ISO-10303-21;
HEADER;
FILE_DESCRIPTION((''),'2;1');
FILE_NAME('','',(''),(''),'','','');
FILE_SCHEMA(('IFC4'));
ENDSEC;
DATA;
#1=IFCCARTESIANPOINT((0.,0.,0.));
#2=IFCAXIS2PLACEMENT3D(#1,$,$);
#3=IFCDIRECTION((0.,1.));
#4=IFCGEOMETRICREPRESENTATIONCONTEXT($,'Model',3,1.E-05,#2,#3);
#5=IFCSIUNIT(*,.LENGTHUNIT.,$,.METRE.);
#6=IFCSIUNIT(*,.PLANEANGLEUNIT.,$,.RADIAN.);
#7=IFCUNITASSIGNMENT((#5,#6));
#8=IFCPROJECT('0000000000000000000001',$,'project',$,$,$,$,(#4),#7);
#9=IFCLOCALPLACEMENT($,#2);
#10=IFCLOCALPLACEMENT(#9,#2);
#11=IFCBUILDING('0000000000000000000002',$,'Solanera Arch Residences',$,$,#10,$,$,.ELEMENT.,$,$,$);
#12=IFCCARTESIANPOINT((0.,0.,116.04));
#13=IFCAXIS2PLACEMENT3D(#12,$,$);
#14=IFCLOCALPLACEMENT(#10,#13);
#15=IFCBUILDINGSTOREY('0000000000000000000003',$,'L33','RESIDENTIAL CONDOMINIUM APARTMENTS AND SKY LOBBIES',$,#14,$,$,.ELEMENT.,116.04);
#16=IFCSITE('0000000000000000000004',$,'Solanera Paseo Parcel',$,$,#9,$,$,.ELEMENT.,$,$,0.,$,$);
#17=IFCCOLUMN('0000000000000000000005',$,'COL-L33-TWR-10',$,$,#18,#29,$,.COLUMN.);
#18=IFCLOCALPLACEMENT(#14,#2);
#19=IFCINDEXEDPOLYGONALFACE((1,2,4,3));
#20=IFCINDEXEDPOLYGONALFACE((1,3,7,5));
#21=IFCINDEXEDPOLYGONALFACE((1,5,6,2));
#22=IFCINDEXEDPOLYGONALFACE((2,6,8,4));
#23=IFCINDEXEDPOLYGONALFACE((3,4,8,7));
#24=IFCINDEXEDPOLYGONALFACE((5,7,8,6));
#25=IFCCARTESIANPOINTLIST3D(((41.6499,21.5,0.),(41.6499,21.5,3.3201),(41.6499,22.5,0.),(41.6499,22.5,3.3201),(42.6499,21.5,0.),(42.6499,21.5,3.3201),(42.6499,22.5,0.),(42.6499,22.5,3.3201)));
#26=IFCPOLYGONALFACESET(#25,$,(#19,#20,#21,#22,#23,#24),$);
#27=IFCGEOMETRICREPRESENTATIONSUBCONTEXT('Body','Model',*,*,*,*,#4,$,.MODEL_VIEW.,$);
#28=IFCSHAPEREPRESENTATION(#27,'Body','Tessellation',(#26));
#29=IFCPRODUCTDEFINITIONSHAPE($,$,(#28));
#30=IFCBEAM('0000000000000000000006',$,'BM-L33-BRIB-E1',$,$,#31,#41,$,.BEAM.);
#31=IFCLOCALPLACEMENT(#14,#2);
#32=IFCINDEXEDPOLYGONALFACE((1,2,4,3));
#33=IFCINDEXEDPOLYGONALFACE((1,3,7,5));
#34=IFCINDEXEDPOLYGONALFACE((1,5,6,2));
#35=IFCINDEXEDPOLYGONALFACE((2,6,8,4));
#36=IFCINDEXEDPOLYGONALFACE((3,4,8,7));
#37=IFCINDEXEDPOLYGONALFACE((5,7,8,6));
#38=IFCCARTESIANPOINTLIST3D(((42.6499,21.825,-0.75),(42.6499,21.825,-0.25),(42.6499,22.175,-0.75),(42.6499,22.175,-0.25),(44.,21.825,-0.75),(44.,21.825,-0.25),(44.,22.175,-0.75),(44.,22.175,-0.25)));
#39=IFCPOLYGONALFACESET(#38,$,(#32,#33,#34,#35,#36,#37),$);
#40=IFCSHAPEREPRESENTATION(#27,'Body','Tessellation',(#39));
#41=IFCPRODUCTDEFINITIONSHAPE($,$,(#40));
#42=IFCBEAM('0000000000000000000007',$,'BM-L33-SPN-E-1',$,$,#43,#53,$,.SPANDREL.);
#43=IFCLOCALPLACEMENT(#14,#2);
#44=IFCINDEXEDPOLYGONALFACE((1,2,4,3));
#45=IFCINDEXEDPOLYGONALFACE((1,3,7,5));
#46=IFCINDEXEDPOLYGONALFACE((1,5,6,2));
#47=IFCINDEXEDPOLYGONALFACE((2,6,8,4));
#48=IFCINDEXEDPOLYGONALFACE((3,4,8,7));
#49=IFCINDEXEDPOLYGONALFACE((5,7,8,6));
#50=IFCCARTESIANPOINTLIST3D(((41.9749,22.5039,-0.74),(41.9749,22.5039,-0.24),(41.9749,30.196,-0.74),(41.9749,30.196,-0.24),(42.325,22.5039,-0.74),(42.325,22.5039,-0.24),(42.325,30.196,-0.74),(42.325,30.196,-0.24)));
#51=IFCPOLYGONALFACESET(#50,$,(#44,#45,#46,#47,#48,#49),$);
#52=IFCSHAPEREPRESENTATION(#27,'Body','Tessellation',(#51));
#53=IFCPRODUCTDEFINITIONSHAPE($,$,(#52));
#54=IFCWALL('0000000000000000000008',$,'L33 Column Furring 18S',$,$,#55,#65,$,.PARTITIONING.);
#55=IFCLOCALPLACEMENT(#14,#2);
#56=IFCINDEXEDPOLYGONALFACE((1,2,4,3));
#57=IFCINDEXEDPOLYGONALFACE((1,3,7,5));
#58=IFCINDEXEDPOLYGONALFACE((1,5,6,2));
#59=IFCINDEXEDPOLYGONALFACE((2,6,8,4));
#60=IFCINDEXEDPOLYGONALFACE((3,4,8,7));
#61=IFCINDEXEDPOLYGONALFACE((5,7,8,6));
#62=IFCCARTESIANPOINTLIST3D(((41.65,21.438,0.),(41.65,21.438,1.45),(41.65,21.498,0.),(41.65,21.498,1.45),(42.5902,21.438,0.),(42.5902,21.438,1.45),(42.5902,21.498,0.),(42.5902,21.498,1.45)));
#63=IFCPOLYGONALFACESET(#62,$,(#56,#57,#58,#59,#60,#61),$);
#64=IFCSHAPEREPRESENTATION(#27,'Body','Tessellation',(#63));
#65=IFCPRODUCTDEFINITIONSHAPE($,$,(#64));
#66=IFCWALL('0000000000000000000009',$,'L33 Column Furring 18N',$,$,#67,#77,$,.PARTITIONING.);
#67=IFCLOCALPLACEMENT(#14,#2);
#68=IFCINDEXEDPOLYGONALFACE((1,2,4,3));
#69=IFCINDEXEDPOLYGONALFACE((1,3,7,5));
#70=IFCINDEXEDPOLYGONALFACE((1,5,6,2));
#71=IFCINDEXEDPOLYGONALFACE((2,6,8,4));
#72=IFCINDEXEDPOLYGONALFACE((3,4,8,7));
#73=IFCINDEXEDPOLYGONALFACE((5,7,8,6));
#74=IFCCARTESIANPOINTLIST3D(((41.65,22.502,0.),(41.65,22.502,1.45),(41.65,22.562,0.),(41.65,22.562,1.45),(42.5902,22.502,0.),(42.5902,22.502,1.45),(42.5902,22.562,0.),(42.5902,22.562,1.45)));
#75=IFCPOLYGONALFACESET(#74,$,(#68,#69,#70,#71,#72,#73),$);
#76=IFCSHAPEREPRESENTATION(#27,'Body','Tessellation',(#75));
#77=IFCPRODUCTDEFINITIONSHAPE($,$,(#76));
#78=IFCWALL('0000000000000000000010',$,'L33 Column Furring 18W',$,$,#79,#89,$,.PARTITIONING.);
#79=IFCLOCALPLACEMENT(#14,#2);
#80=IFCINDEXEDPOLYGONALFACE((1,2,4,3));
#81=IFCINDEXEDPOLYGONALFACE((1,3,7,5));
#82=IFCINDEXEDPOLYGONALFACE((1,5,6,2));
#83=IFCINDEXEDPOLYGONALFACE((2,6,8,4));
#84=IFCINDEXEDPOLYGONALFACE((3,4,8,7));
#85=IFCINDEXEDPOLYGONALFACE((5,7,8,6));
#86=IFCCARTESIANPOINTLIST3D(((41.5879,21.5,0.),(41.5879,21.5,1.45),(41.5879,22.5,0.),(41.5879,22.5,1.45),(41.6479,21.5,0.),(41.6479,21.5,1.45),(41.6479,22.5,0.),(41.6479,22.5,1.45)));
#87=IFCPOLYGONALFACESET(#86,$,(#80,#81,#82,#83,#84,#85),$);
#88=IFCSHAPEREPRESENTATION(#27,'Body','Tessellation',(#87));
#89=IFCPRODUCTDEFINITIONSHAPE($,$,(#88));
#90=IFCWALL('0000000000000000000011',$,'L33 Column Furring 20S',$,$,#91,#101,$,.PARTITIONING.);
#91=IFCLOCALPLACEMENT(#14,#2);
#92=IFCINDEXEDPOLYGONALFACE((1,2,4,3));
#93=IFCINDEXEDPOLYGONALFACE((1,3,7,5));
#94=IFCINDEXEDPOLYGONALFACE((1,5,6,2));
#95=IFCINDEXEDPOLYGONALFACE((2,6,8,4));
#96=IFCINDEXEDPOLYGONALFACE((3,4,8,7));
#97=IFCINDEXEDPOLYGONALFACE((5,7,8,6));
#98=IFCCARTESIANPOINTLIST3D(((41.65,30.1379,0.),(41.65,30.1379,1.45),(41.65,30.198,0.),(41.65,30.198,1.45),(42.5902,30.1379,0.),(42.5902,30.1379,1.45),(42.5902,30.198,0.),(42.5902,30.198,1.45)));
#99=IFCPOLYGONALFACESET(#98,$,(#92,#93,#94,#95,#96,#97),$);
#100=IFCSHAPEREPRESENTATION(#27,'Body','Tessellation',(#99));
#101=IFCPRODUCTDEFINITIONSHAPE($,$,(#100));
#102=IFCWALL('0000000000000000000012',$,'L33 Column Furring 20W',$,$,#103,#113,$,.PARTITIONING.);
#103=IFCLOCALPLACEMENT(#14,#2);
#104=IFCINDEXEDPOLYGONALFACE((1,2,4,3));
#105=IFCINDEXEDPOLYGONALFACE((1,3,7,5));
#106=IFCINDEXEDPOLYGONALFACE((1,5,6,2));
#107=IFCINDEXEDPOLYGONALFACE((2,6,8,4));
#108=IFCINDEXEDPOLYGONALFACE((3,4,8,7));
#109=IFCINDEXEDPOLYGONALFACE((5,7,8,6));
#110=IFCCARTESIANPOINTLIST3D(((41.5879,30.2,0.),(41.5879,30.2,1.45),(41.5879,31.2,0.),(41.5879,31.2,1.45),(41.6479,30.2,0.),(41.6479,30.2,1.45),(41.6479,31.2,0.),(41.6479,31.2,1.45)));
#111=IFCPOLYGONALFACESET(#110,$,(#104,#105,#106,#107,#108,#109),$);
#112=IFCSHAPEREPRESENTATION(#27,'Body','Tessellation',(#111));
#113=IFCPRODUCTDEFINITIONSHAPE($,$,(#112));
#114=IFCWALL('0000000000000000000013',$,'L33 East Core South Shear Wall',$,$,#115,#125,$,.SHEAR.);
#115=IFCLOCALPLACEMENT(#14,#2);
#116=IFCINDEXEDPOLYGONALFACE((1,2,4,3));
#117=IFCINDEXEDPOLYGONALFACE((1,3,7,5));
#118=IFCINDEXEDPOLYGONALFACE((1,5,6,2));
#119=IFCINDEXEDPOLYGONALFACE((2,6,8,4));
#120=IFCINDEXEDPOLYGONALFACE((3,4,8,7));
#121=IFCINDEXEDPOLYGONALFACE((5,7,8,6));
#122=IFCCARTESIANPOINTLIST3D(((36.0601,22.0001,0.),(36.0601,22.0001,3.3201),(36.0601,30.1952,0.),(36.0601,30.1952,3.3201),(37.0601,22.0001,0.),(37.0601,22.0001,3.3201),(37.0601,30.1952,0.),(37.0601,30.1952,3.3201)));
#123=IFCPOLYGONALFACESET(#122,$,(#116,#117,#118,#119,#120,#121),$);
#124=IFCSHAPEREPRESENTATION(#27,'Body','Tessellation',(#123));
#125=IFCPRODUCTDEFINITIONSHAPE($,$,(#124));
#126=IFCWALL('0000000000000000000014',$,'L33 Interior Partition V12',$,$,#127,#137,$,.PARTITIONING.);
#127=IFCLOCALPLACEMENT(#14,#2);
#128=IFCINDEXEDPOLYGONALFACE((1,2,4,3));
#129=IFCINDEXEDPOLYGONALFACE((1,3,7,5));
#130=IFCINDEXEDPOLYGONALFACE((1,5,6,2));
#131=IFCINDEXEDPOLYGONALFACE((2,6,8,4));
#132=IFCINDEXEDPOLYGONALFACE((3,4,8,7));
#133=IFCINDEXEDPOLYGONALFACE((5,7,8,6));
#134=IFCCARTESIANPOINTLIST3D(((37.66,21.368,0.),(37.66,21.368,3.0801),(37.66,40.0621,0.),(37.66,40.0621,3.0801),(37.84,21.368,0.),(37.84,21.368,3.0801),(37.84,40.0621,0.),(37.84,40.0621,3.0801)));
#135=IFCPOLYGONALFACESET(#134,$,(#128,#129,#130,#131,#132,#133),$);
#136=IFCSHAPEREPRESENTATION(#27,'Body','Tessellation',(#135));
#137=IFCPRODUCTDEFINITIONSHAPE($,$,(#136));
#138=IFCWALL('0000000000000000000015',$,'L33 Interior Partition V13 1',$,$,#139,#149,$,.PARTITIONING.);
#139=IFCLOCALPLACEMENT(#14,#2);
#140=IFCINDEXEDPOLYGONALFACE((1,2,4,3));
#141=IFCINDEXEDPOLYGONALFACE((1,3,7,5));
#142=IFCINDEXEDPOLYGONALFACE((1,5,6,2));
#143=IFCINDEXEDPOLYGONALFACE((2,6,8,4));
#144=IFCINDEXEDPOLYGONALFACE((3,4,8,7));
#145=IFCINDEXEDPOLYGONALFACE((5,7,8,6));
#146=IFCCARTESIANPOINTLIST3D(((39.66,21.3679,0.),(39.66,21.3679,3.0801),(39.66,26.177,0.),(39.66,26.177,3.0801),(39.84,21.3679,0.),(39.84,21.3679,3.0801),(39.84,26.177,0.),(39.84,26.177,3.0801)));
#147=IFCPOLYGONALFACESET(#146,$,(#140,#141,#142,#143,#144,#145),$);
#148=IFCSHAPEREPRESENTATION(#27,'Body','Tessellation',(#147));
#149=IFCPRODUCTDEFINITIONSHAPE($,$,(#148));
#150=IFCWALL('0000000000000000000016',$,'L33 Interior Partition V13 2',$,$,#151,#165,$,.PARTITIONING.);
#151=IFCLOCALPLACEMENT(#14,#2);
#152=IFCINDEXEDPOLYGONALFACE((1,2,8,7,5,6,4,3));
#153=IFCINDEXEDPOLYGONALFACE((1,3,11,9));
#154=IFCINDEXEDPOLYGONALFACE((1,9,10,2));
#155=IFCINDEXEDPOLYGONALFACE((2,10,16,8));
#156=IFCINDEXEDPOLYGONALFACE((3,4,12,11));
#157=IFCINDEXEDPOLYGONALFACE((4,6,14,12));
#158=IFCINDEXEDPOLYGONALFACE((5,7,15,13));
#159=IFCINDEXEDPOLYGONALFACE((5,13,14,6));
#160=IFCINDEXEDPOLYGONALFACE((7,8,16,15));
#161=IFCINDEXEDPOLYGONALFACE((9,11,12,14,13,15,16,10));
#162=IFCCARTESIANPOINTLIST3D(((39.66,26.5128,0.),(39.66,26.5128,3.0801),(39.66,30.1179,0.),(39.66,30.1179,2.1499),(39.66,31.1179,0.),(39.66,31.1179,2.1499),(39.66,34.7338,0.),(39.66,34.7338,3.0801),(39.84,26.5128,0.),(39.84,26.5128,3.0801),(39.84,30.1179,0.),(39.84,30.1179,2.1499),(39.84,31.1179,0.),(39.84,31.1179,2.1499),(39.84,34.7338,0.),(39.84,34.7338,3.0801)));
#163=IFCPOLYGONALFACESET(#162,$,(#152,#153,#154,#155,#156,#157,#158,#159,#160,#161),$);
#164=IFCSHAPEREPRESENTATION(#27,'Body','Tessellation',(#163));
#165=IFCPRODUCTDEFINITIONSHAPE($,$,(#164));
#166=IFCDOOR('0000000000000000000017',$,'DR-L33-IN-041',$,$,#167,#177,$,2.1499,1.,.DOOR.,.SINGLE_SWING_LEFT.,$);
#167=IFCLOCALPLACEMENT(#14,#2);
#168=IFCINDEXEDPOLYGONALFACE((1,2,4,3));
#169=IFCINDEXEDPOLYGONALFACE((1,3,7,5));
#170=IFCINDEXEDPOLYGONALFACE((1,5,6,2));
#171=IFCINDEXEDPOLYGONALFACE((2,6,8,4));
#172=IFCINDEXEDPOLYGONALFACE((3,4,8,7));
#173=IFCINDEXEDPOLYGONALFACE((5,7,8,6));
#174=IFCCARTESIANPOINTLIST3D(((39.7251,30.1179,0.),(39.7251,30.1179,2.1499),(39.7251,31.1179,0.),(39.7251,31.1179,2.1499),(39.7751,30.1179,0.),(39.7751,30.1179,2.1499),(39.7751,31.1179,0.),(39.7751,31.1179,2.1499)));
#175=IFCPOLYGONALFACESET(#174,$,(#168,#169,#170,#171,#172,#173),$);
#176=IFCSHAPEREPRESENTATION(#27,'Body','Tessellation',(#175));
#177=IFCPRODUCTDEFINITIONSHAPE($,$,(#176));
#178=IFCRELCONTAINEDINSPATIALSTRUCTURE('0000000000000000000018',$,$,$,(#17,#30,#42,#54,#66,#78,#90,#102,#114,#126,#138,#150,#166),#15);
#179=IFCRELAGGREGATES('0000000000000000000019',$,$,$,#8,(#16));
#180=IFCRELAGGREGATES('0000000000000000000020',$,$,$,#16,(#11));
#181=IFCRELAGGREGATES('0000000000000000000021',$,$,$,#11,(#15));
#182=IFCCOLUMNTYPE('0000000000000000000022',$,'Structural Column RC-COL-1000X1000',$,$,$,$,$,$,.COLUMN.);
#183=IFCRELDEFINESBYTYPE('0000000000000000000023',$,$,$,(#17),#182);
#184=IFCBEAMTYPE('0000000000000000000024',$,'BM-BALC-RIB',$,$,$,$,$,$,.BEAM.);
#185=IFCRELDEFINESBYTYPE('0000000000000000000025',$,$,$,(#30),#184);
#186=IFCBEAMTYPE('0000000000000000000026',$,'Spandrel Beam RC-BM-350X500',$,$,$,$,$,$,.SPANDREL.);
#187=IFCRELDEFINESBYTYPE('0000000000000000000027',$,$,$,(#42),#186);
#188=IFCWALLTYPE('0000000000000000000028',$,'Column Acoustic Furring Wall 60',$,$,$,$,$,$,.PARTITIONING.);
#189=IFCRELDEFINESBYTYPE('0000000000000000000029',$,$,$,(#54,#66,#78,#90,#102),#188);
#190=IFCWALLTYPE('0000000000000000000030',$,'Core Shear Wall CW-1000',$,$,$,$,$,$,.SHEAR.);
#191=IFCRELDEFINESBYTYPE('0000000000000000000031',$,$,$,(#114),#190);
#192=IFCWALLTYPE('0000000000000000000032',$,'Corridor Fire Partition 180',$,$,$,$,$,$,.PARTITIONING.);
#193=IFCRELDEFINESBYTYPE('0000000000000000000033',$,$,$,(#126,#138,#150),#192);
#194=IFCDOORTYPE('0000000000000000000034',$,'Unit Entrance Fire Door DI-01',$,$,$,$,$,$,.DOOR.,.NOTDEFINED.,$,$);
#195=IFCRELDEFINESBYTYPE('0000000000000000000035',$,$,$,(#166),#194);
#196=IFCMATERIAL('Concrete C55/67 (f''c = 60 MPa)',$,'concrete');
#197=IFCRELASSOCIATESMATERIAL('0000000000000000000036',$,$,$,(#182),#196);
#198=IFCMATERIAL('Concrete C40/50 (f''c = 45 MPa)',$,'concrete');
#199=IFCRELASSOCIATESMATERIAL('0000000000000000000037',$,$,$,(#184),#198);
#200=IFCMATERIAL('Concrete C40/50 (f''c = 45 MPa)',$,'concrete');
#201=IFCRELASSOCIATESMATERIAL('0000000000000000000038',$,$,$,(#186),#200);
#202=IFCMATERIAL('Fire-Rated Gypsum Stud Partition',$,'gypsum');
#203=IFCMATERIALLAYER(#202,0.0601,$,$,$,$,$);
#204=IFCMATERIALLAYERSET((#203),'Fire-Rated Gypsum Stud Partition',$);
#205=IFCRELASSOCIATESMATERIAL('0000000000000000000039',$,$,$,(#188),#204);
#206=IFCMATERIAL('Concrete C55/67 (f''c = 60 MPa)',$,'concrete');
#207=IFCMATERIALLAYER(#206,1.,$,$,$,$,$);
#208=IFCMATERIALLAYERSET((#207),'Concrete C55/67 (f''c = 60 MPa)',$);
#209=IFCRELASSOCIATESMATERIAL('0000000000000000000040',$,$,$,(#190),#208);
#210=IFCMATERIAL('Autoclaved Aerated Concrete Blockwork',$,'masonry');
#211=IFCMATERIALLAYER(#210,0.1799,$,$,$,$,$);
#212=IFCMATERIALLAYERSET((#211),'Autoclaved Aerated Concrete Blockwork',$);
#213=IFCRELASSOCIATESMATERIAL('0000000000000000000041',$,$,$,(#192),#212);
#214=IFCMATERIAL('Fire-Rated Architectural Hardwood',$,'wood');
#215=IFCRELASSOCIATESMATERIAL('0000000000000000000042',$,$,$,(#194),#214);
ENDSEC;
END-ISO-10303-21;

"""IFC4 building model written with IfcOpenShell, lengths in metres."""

from ifc_helpers import new_model, si_unit, direction, frame, frame_2d, origin, origin_2d, place, context, subcontext, project, spatial, rectangle, extrude, material, layer, layer_set, material_profile, profile_set, type_object, element, fill, save


model = new_model("IFC4")

# Units and contexts
model_context = context("Model", 3, precision=1e-05, world=origin(), true_north=direction((0.0, 1.0)))
body_context = subcontext(model_context, "Body", "Model", "MODEL_VIEW")
ifc_project = project(units=[si_unit("LENGTHUNIT", "METRE"), si_unit("PLANEANGLEUNIT", "RADIAN")], contexts=[model_context])

# Site, building, storey
site_placement = place(None, origin())
site = spatial("IfcSite", under=ifc_project, at=site_placement, Name="Solanera Paseo Parcel", CompositionType="ELEMENT", RefElevation=0.0)
building_placement = place(site_placement, origin())
building = spatial("IfcBuilding", under=site, at=building_placement, Name="Solanera Arch Residences", CompositionType="ELEMENT")
storey_placement = place(building_placement, frame((0.0, 0.0, 116.04)))
storey = spatial("IfcBuildingStorey", under=building, at=storey_placement, Name="L33", Description="RESIDENTIAL CONDOMINIUM APARTMENTS AND SKY LOBBIES", CompositionType="ELEMENT", Elevation=116.04)

# Column
ifc_material_1 = material(Name="Concrete C55/67 (f'c = 60 MPa)", Category="concrete")
ifc_material_profile_1 = material_profile(ifc_material_1, rectangle(XDim=1.0, YDim=1.0, at=origin_2d()))
ifc_profile_set_1 = profile_set([ifc_material_profile_1], Name="Concrete C55/67 (f'c = 60 MPa)")
column_type = type_object("IfcColumnType", Name="Structural Column RC-COL-1000X1000", PredefinedType="COLUMN", material=ifc_profile_set_1)
column_placement = place(storey_placement, frame((42.1499, 22.0, 0.0), z_axis=(0.0, 0.0, 1.0), x_axis=(1.0, 0.0, 0.0)))
element("IfcColumn", 1, at=column_placement, inside=storey, type_object=column_type, Name="COL-L33-TWR-10", PredefinedType="COLUMN", context=body_context, shape_type="SweptSolid", body=[
    extrude(rectangle(XDim=1.0, YDim=1.0, at=origin_2d()), origin(), (0.0, 0.0, 1.0), 3.3201),
])

# Beams
ifc_material_2 = material(Name="Concrete C40/50 (f'c = 45 MPa)", Category="concrete")
ifc_material_profile_2 = material_profile(ifc_material_2, rectangle(XDim=0.3501, YDim=0.5, at=origin_2d()))
ifc_profile_set_2 = profile_set([ifc_material_profile_2], Name="Concrete C40/50 (f'c = 45 MPa)")
beam_type_1 = type_object("IfcBeamType", Name="BM-BALC-RIB", PredefinedType="BEAM", material=ifc_profile_set_2)
beam_1_placement = place(storey_placement, frame((42.6499, 22.0, -0.5), z_axis=(1.0, 0.0, 0.0), x_axis=(0.0, 1.0, 0.0)))
element("IfcBeam", 2, at=beam_1_placement, inside=storey, type_object=beam_type_1, Name="BM-L33-BRIB-E1", PredefinedType="BEAM", context=body_context, shape_type="SweptSolid", body=[
    extrude(rectangle(XDim=0.3501, YDim=0.5, at=origin_2d()), origin(), (0.0, 0.0, 1.0), 1.3501),
])
ifc_material_3 = material(Name="Concrete C40/50 (f'c = 45 MPa)", Category="concrete")
ifc_material_profile_3 = material_profile(ifc_material_3, rectangle(XDim=0.3501, YDim=0.5, at=origin_2d()))
ifc_profile_set_3 = profile_set([ifc_material_profile_3], Name="Concrete C40/50 (f'c = 45 MPa)")
beam_type_2 = type_object("IfcBeamType", Name="Spandrel Beam RC-BM-350X500", PredefinedType="SPANDREL", material=ifc_profile_set_3)
beam_2_placement = place(storey_placement, frame((42.1499, 22.5039, -0.49), z_axis=(0.0, 1.0, 0.0), x_axis=(-1.0, 0.0, 0.0)))
element("IfcBeam", 3, at=beam_2_placement, inside=storey, type_object=beam_type_2, Name="BM-L33-SPN-E-1", PredefinedType="SPANDREL", context=body_context, shape_type="SweptSolid", body=[
    extrude(rectangle(XDim=0.3501, YDim=0.5, at=origin_2d()), origin(), (0.0, 0.0, 1.0), 7.6921),
])

# Walls
ifc_material_4 = material(Name="Fire-Rated Gypsum Stud Partition", Category="gypsum")
ifc_layer_1 = layer(ifc_material_4, 0.0601)
ifc_layer_set_1 = layer_set([ifc_layer_1], Name="Fire-Rated Gypsum Stud Partition")
wall_type_1 = type_object("IfcWallType", Name="Column Acoustic Furring Wall 60", PredefinedType="PARTITIONING", material=ifc_layer_set_1)
for number, where, z_axis, x_axis, name in (
    (4, (41.6499, 21.468, 0.0), (0.0, 0.0, 1.0), (1.0, 0.0, 0.0), "L33 Column Furring 18S"),
    (5, (41.6499, 22.532, 0.0), (0.0, 0.0, 1.0), (1.0, 0.0, 0.0), "L33 Column Furring 18N"),
):
    element("IfcWall", number, at=place(storey_placement, frame(where, z_axis=z_axis, x_axis=x_axis)), inside=storey, type_object=wall_type_1, Name=name, PredefinedType="PARTITIONING", context=body_context, shape_type="SweptSolid", body=[
        extrude(rectangle(XDim=0.9402, YDim=0.0601, at=frame_2d((0.4702, 0.0))), origin(), (0.0, 0.0, 1.0), 1.45),
    ])
wall_1_placement = place(storey_placement, frame((41.6179, 21.5, 0.0), z_axis=(0.0, 0.0, 1.0), x_axis=(0.0, 1.0, 0.0)))
element("IfcWall", 6, at=wall_1_placement, inside=storey, type_object=wall_type_1, Name="L33 Column Furring 18W", PredefinedType="PARTITIONING", context=body_context, shape_type="SweptSolid", body=[
    extrude(rectangle(XDim=1.0, YDim=0.0601, at=frame_2d((0.5, 0.0))), origin(), (0.0, 0.0, 1.0), 1.45),
])
wall_2_placement = place(storey_placement, frame((41.6499, 30.168, 0.0), z_axis=(0.0, 0.0, 1.0), x_axis=(1.0, 0.0, 0.0)))
element("IfcWall", 7, at=wall_2_placement, inside=storey, type_object=wall_type_1, Name="L33 Column Furring 20S", PredefinedType="PARTITIONING", context=body_context, shape_type="SweptSolid", body=[
    extrude(rectangle(XDim=0.9402, YDim=0.0601, at=frame_2d((0.4702, 0.0))), origin(), (0.0, 0.0, 1.0), 1.45),
])
wall_3_placement = place(storey_placement, frame((41.6179, 30.2, 0.0), z_axis=(0.0, 0.0, 1.0), x_axis=(0.0, 1.0, 0.0)))
element("IfcWall", 8, at=wall_3_placement, inside=storey, type_object=wall_type_1, Name="L33 Column Furring 20W", PredefinedType="PARTITIONING", context=body_context, shape_type="SweptSolid", body=[
    extrude(rectangle(XDim=1.0, YDim=0.0601, at=frame_2d((0.5, 0.0))), origin(), (0.0, 0.0, 1.0), 1.45),
])
ifc_material_5 = material(Name="Concrete C55/67 (f'c = 60 MPa)", Category="concrete")
ifc_layer_2 = layer(ifc_material_5, 1.0)
ifc_layer_set_2 = layer_set([ifc_layer_2], Name="Concrete C55/67 (f'c = 60 MPa)")
wall_type_2 = type_object("IfcWallType", Name="Core Shear Wall CW-1000", PredefinedType="SHEAR", material=ifc_layer_set_2)
wall_4_placement = place(storey_placement, frame((36.5601, 22.0, 0.0), z_axis=(0.0, 0.0, 1.0), x_axis=(0.0, 1.0, 0.0)))
element("IfcWall", 9, at=wall_4_placement, inside=storey, type_object=wall_type_2, Name="L33 East Core South Shear Wall", PredefinedType="SHEAR", context=body_context, shape_type="SweptSolid", body=[
    extrude(rectangle(XDim=8.1951, YDim=1.0, at=frame_2d((4.0977, 0.0))), origin(), (0.0, 0.0, 1.0), 3.3201),
])
ifc_material_6 = material(Name="Autoclaved Aerated Concrete Blockwork", Category="masonry")
ifc_layer_3 = layer(ifc_material_6, 0.1799)
ifc_layer_set_3 = layer_set([ifc_layer_3], Name="Autoclaved Aerated Concrete Blockwork")
wall_type_3 = type_object("IfcWallType", Name="Corridor Fire Partition 180", PredefinedType="PARTITIONING", material=ifc_layer_set_3)
wall_5_placement = place(storey_placement, frame((37.75, 21.3679, 0.0), z_axis=(0.0, 0.0, 1.0), x_axis=(0.0, 1.0, 0.0)))
element("IfcWall", 10, at=wall_5_placement, inside=storey, type_object=wall_type_3, Name="L33 Interior Partition V12", PredefinedType="PARTITIONING", context=body_context, shape_type="SweptSolid", body=[
    extrude(rectangle(XDim=18.6941, YDim=0.1799, at=frame_2d((9.3472, 0.0))), origin(), (0.0, 0.0, 1.0), 3.0801),
])
wall_6_placement = place(storey_placement, frame((39.75, 21.3679, 0.0), z_axis=(0.0, 0.0, 1.0), x_axis=(0.0, 1.0, 0.0)))
element("IfcWall", 11, at=wall_6_placement, inside=storey, type_object=wall_type_3, Name="L33 Interior Partition V13 1", PredefinedType="PARTITIONING", context=body_context, shape_type="SweptSolid", body=[
    extrude(rectangle(XDim=4.8091, YDim=0.1799, at=frame_2d((2.4045, 0.0))), origin(), (0.0, 0.0, 1.0), 3.0801),
])

# Wall, opening, door
wall_7_placement = place(storey_placement, frame((39.75, 26.5129, 0.0), z_axis=(0.0, 0.0, 1.0), x_axis=(0.0, 1.0, 0.0)))
wall_7 = element("IfcWall", 12, at=wall_7_placement, inside=storey, type_object=wall_type_3, Name="L33 Interior Partition V13 2", PredefinedType="PARTITIONING", context=body_context, shape_type="SweptSolid", body=[
    extrude(rectangle(XDim=8.2209, YDim=0.1799, at=frame_2d((4.1104, 0.0))), origin(), (0.0, 0.0, 1.0), 3.0801),
])
opening_1_placement = place(wall_7_placement, frame((3.605, 0.0, 0.0)))
opening_1 = element("IfcOpeningElement", 13, at=opening_1_placement, cuts=wall_7, PredefinedType="OPENING", context=body_context, shape_type="SweptSolid", body=[
    extrude(rectangle(XDim=1.0, YDim=2.1499, at=frame_2d((0.5, 1.075))), frame((0.0, 0.1001, 0.0), z_axis=(0.0, -1.0, 0.0), x_axis=(1.0, 0.0, 0.0)), (0.0, 0.0, 1.0), 0.1999),
])
ifc_material_7 = material(Name="Fire-Rated Architectural Hardwood", Category="wood")
door_type_1 = type_object("IfcDoorType", Name="Unit Entrance Fire Door DI-01", OperationType="NOTDEFINED", PredefinedType="DOOR", material=ifc_material_7)
door_1_placement = place(opening_1_placement, origin())
door_1 = element("IfcDoor", 14, at=door_1_placement, inside=storey, type_object=door_type_1, Name="DR-L33-IN-041", OperationType="SINGLE_SWING_LEFT", OverallHeight=2.1499, OverallWidth=1.0, PredefinedType="DOOR", context=body_context, shape_type="SweptSolid", body=[
    extrude(rectangle(XDim=1.0, YDim=2.1499, at=frame_2d((0.5, 1.075))), frame((0.0, 0.0249, 0.0), z_axis=(0.0, -1.0, 0.0), x_axis=(1.0, 0.0, 0.0)), (0.0, 0.0, 1.0), 0.05),
])
fill(opening_1, door_1)

save(model, "model.ifc")
